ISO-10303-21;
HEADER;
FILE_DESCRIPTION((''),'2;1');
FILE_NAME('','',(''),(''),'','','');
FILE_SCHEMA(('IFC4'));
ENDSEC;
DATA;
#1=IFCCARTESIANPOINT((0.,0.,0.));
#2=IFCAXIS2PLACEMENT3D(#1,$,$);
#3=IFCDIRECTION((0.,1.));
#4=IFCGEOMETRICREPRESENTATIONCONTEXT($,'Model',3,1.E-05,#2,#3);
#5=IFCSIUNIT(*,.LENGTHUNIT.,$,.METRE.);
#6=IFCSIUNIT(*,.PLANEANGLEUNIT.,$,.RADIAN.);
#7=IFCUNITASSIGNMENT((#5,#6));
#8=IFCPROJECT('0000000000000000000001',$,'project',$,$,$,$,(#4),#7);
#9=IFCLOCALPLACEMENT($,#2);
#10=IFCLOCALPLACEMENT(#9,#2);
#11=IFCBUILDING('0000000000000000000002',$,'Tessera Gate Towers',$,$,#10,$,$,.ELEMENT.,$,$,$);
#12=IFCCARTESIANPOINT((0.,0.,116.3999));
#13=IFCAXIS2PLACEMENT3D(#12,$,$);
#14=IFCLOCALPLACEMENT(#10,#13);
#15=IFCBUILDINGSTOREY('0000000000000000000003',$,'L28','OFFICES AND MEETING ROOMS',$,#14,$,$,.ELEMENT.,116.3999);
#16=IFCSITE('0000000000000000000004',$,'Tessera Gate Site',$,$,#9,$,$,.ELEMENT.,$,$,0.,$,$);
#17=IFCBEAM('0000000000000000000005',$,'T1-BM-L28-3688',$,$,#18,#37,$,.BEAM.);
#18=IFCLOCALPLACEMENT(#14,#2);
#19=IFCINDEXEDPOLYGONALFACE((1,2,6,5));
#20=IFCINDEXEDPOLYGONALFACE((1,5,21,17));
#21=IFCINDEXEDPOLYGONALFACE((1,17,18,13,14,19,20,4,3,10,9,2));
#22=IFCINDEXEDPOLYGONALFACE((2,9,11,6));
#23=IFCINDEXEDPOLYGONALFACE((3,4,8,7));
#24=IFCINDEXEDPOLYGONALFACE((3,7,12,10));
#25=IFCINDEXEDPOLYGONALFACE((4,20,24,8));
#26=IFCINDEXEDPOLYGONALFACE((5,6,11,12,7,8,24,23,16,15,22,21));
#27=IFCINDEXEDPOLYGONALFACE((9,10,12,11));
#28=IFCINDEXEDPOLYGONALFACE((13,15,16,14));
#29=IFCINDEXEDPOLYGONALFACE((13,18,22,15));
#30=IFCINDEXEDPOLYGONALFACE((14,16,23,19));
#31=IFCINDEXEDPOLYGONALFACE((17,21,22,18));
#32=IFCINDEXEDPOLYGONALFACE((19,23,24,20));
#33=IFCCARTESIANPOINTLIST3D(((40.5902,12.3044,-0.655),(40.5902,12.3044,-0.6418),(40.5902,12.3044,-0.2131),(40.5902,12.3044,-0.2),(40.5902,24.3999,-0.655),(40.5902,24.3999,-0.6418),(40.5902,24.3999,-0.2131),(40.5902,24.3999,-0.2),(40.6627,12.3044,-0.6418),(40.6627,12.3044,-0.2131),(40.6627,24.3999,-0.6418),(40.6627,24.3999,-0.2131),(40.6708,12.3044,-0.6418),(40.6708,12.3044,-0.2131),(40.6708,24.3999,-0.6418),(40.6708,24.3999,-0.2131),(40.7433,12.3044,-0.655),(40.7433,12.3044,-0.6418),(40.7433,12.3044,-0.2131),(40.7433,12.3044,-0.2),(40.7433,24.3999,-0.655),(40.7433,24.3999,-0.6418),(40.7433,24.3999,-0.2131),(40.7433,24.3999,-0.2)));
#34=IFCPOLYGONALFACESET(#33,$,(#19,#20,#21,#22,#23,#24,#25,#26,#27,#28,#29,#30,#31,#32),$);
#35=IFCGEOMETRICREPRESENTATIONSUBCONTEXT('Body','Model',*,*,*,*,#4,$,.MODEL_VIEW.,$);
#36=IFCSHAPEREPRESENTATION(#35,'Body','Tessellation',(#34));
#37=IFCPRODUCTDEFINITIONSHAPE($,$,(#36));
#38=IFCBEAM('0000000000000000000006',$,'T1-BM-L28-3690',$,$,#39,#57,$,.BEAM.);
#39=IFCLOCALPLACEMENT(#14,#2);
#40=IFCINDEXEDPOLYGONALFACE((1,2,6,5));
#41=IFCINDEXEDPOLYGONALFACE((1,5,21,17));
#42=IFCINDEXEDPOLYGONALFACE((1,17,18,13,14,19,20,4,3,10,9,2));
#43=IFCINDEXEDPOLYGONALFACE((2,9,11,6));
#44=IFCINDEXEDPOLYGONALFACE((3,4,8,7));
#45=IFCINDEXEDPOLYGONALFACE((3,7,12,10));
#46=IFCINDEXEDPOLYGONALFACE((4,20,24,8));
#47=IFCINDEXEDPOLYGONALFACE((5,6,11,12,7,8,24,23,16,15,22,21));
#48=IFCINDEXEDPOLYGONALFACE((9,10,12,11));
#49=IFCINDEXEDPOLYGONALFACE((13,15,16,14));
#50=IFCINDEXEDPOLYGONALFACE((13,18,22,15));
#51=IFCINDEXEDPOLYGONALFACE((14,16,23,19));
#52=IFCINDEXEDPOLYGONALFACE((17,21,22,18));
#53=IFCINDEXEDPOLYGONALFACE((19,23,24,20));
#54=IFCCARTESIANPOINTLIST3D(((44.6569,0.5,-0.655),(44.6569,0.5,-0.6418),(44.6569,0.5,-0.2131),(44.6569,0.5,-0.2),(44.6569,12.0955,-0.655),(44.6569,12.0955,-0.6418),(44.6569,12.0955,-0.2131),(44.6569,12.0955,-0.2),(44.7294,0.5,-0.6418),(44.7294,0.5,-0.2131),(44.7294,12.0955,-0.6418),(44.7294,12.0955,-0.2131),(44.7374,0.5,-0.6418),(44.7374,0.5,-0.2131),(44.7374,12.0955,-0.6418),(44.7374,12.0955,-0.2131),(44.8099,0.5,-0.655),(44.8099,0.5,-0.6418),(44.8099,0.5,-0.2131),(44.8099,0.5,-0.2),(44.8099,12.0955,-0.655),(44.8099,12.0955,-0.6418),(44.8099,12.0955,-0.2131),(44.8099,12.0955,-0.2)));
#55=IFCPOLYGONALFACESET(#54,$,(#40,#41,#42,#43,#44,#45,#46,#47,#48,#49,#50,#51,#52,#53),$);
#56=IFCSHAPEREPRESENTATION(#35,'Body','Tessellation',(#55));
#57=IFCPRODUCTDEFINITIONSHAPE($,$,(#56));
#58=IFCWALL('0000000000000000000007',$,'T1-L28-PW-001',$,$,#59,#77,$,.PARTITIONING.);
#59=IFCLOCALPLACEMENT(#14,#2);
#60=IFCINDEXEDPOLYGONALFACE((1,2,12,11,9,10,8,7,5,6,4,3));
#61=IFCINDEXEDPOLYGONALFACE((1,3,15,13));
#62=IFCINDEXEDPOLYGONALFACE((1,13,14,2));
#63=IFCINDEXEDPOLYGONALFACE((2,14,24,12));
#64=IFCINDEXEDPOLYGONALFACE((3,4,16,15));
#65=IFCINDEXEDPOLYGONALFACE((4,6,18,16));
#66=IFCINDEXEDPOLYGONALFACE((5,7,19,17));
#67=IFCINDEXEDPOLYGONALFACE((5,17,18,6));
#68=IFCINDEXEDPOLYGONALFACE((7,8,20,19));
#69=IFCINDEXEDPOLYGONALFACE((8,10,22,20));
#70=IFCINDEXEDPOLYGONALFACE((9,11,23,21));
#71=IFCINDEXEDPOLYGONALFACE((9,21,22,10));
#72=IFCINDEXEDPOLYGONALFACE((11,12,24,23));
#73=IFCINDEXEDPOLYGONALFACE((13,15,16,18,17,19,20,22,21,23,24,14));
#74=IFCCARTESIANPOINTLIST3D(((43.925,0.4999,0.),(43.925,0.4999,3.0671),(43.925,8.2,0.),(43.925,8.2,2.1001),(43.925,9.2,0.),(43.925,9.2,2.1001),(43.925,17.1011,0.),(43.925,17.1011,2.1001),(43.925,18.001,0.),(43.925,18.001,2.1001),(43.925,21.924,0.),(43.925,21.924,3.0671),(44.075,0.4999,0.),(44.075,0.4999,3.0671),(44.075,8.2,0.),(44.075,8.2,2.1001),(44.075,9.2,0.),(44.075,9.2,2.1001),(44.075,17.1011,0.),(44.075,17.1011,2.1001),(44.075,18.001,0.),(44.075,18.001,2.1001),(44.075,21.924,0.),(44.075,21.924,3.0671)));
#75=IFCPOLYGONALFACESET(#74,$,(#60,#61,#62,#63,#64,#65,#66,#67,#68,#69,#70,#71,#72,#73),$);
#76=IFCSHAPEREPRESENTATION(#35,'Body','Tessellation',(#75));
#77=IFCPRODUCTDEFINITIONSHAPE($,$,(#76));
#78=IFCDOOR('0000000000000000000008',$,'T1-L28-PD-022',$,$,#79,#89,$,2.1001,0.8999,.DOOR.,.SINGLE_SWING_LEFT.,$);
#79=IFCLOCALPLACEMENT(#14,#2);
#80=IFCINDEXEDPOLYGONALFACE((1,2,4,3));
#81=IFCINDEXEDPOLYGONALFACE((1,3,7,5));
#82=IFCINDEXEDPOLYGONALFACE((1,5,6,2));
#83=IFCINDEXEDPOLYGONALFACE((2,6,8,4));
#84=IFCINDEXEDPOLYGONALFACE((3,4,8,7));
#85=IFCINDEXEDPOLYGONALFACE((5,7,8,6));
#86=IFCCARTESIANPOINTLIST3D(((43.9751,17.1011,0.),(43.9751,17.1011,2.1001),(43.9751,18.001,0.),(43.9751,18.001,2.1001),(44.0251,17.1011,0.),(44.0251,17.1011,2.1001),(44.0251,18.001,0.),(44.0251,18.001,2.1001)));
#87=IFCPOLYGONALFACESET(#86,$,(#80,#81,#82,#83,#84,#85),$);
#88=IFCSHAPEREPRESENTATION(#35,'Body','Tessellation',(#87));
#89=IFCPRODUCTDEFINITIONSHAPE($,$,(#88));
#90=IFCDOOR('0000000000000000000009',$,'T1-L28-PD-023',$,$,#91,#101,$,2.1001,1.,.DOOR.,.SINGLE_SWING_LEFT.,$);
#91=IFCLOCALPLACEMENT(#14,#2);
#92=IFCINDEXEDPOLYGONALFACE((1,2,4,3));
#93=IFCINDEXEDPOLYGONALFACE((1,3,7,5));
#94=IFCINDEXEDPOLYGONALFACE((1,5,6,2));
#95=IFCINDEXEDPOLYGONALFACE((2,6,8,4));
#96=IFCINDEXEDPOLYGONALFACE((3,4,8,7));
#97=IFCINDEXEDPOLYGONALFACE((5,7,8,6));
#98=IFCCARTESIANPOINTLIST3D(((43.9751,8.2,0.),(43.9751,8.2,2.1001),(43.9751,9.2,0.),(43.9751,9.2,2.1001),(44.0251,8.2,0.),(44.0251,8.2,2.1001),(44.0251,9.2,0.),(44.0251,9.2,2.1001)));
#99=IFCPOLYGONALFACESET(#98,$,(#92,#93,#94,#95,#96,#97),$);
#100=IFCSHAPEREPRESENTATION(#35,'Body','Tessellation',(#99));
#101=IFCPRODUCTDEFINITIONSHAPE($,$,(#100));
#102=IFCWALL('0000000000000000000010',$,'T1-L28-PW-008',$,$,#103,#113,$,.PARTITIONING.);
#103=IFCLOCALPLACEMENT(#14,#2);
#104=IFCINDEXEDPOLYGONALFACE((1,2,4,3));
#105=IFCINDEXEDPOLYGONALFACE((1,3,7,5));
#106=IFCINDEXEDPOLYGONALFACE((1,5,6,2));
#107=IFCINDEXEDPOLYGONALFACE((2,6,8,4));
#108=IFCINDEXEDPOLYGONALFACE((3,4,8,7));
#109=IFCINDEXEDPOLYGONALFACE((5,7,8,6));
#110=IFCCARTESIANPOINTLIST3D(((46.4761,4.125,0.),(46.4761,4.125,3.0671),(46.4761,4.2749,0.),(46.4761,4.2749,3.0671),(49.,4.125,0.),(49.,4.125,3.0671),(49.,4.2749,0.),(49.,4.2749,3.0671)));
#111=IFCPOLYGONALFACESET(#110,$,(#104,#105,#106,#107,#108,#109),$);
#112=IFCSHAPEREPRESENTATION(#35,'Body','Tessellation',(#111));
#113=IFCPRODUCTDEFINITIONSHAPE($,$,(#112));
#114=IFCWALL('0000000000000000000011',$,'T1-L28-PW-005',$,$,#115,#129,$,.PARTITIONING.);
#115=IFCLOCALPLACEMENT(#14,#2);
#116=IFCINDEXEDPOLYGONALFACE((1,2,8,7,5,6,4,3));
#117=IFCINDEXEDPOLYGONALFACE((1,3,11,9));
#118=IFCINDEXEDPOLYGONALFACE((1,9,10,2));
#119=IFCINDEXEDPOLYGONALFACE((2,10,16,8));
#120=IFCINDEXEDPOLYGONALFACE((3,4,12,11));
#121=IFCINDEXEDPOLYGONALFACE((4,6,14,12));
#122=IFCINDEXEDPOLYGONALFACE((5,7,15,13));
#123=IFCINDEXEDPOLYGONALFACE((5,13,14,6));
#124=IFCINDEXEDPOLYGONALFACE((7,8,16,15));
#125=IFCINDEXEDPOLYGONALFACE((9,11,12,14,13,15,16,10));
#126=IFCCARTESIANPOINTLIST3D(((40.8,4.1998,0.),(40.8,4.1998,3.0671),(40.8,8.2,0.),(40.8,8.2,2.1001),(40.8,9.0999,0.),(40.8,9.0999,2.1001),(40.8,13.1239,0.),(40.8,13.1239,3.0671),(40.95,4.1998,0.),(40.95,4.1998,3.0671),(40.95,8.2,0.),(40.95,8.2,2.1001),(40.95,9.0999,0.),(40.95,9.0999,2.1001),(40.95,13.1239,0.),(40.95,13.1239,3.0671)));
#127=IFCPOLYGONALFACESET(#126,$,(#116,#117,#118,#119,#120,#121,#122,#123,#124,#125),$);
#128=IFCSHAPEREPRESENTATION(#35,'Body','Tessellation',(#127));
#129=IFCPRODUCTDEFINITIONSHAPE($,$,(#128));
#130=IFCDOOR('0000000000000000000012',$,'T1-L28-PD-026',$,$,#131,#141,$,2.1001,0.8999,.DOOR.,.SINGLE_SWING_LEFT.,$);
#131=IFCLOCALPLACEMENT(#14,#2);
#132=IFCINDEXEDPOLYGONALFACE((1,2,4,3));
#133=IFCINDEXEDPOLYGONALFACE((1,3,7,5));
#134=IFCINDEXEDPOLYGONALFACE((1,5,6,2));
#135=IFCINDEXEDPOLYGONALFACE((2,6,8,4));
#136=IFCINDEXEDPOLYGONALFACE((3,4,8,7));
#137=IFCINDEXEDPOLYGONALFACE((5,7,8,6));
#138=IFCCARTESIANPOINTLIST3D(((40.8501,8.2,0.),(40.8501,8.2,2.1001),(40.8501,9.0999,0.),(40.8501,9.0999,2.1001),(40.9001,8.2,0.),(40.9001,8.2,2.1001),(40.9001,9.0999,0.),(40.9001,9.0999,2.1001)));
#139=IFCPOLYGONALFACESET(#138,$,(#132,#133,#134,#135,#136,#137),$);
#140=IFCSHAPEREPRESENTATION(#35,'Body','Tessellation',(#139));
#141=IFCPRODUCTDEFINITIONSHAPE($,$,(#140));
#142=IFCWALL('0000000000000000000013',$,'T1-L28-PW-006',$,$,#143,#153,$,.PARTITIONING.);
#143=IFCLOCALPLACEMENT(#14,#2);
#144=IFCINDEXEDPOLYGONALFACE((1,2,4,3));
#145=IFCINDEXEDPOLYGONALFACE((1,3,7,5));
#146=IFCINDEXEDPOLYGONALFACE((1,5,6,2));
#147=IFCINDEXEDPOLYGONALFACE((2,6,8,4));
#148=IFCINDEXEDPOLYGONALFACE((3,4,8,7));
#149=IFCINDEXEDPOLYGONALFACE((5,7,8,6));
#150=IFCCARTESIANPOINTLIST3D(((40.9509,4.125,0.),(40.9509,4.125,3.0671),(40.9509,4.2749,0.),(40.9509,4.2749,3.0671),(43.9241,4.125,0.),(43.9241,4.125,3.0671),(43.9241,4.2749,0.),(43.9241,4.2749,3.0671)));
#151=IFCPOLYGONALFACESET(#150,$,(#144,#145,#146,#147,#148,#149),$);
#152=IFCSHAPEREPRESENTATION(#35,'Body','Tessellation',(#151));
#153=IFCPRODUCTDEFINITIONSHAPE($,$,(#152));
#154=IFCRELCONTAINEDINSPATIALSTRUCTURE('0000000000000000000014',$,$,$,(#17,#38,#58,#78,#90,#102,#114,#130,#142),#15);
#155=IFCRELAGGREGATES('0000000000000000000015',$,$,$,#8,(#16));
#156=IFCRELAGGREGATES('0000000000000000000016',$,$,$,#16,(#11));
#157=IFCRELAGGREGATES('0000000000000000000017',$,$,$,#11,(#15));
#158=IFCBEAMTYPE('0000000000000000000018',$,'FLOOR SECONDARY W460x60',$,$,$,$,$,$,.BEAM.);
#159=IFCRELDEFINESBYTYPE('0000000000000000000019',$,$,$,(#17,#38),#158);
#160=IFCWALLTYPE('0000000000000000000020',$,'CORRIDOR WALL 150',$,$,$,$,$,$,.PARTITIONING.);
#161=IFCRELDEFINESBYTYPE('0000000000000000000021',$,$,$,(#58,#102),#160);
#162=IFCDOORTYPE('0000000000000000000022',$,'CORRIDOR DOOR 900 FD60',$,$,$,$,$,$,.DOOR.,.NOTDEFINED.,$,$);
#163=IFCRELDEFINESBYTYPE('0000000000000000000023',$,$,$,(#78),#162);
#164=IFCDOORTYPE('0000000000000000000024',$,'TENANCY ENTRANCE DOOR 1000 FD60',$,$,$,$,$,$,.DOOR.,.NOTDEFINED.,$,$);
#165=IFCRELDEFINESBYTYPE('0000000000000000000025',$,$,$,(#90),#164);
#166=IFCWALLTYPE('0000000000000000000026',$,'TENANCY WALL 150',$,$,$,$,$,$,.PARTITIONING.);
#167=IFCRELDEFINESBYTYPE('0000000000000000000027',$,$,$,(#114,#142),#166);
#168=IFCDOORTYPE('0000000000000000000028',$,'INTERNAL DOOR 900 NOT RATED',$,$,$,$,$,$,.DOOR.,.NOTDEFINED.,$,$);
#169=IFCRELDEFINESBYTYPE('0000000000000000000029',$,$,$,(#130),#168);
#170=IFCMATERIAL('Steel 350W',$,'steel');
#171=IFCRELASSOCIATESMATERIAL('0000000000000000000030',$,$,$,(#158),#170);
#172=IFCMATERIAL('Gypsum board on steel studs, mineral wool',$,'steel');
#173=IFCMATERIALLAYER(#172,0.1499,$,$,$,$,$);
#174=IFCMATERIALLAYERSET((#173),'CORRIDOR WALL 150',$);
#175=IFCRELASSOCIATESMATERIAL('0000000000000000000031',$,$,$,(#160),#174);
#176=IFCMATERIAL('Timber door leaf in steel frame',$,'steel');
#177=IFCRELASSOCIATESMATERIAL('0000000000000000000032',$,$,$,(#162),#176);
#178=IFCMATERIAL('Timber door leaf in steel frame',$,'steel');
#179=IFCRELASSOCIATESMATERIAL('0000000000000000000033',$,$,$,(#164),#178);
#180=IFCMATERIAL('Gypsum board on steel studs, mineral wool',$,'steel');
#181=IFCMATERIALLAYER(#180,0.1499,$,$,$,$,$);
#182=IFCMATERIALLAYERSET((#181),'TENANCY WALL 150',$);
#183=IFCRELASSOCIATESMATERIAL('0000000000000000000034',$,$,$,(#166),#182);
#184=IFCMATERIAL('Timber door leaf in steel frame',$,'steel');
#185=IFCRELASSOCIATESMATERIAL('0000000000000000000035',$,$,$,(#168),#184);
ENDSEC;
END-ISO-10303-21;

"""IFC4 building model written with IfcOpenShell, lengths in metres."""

from ifc_helpers import new_model, si_unit, direction, frame, frame_2d, origin, origin_2d, place, context, subcontext, project, spatial, rectangle, i_section, extrude, source, transform, mapped, material, layer, layer_set, material_profile, profile_set, type_object, element, fill, save


model = new_model("IFC4")

# Units and contexts
model_context = context("Model", 3, precision=1e-05, world=origin(), true_north=direction((0.0, 1.0)))
body_context = subcontext(model_context, "Body", "Model", "MODEL_VIEW")
ifc_project = project(units=[si_unit("LENGTHUNIT", "METRE"), si_unit("PLANEANGLEUNIT", "RADIAN")], contexts=[model_context])

# Site, building, storey
site_placement = place(None, origin())
site = spatial("IfcSite", under=ifc_project, at=site_placement, Name="Tessera Gate Site", CompositionType="ELEMENT", RefElevation=0.0)
building_placement = place(site_placement, origin())
building = spatial("IfcBuilding", under=site, at=building_placement, Name="Tessera Gate Towers", CompositionType="ELEMENT")
storey_placement = place(building_placement, frame((0.0, 0.0, 116.3999)))
storey = spatial("IfcBuildingStorey", under=building, at=storey_placement, Name="L28", Description="OFFICES AND MEETING ROOMS", CompositionType="ELEMENT", Elevation=116.3999)

# Beams
ifc_material_1 = material(Name="Steel 350W", Category="steel")
ifc_material_profile_1 = material_profile(ifc_material_1, i_section(OverallWidth=0.1531, OverallDepth=0.4551, WebThickness=0.0081, FlangeThickness=0.0132, at=origin_2d()), Name="W460x60")
ifc_profile_set_1 = profile_set([ifc_material_profile_1], Name="Steel 350W")
beam_type_1 = type_object("IfcBeamType", Name="FLOOR SECONDARY W460x60", PredefinedType="BEAM", material=ifc_profile_set_1)
beam_1_placement = place(storey_placement, frame((40.6667, 12.3044, -0.4275), z_axis=(0.0, 1.0, 0.0), x_axis=(-1.0, 0.0, 0.0)))
element("IfcBeam", 1, at=beam_1_placement, inside=storey, type_object=beam_type_1, Name="T1-BM-L28-3688", PredefinedType="BEAM", context=body_context, shape_type="SweptSolid", body=[
    extrude(i_section(OverallWidth=0.1531, OverallDepth=0.4551, WebThickness=0.0081, FlangeThickness=0.0132, at=origin_2d()), origin(), (0.0, 0.0, 1.0), 12.0955),
])
beam_2_placement = place(storey_placement, frame((44.7334, 0.5, -0.4275), z_axis=(0.0, 1.0, 0.0), x_axis=(-1.0, 0.0, 0.0)))
element("IfcBeam", 2, at=beam_2_placement, inside=storey, type_object=beam_type_1, Name="T1-BM-L28-3690", PredefinedType="BEAM", context=body_context, shape_type="SweptSolid", body=[
    extrude(i_section(OverallWidth=0.1531, OverallDepth=0.4551, WebThickness=0.0081, FlangeThickness=0.0132, at=origin_2d()), origin(), (0.0, 0.0, 1.0), 11.5955),
])

# Wall, openings, doors
ifc_material_2 = material(Name="Gypsum board on steel studs, mineral wool", Category="steel")
ifc_layer_1 = layer(ifc_material_2, 0.1499)
ifc_layer_set_1 = layer_set([ifc_layer_1], Name="CORRIDOR WALL 150")
wall_type_1 = type_object("IfcWallType", Name="CORRIDOR WALL 150", PredefinedType="PARTITIONING", material=ifc_layer_set_1)
wall_1_placement = place(storey_placement, frame((44.0, 0.5, 0.0), z_axis=(0.0, 0.0, 1.0), x_axis=(0.0, 1.0, 0.0)))
wall_1 = element("IfcWall", 3, at=wall_1_placement, inside=storey, type_object=wall_type_1, Name="T1-L28-PW-001", PredefinedType="PARTITIONING", context=body_context, shape_type="SweptSolid", body=[
    extrude(rectangle(XDim=21.4241, YDim=0.1499, at=frame_2d((10.7119, 0.0))), origin(), (0.0, 0.0, 1.0), 3.0671),
])
shared_shape_1 = source(origin(), body_context, "Body", "SweptSolid", [
    extrude(rectangle(XDim=0.8999, YDim=2.1001, at=frame_2d((0.45, 1.05))), frame((0.0, 0.085, 0.0), z_axis=(0.0, -1.0, 0.0), x_axis=(1.0, 0.0, 0.0)), (0.0, 0.0, 1.0), 0.1699),
])
opening_1_placement = place(wall_1_placement, frame((16.6011, 0.0, 0.0)))
opening_1 = element("IfcOpeningElement", 4, at=opening_1_placement, cuts=wall_1, PredefinedType="OPENING", context=body_context, shape_type="MappedRepresentation", body=[
    mapped(shared_shape_1, transform((0.0, 0.0, 0.0), scale=1.0)),
])
shared_shape_2 = source(origin(), body_context, "Body", "SweptSolid", [
    extrude(rectangle(XDim=1.0, YDim=2.1001, at=frame_2d((0.5, 1.05))), frame((0.0, 0.085, 0.0), z_axis=(0.0, -1.0, 0.0), x_axis=(1.0, 0.0, 0.0)), (0.0, 0.0, 1.0), 0.1699),
])
opening_2_placement = place(wall_1_placement, frame((7.7, 0.0, 0.0)))
opening_2 = element("IfcOpeningElement", 5, at=opening_2_placement, cuts=wall_1, PredefinedType="OPENING", context=body_context, shape_type="MappedRepresentation", body=[
    mapped(shared_shape_2, transform((0.0, 0.0, 0.0), scale=1.0)),
])
ifc_material_3 = material(Name="Timber door leaf in steel frame", Category="steel")
door_type_1 = type_object("IfcDoorType", Name="CORRIDOR DOOR 900 FD60", OperationType="NOTDEFINED", PredefinedType="DOOR", material=ifc_material_3)
shared_shape_3 = source(origin(), body_context, "Body", "SweptSolid", [
    extrude(rectangle(XDim=0.8999, YDim=2.1001, at=frame_2d((0.45, 1.05))), frame((0.0, 0.0249, 0.0), z_axis=(0.0, -1.0, 0.0), x_axis=(1.0, 0.0, 0.0)), (0.0, 0.0, 1.0), 0.05),
])
door_1_placement = place(opening_1_placement, origin())
door_1 = element("IfcDoor", 6, at=door_1_placement, inside=storey, type_object=door_type_1, Name="T1-L28-PD-022", OperationType="SINGLE_SWING_LEFT", OverallHeight=2.1001, OverallWidth=0.8999, PredefinedType="DOOR", context=body_context, shape_type="MappedRepresentation", body=[
    mapped(shared_shape_3, transform((0.0, 0.0, 0.0), scale=1.0)),
])
fill(opening_1, door_1)
ifc_material_4 = material(Name="Timber door leaf in steel frame", Category="steel")
door_type_2 = type_object("IfcDoorType", Name="TENANCY ENTRANCE DOOR 1000 FD60", OperationType="NOTDEFINED", PredefinedType="DOOR", material=ifc_material_4)
shared_shape_4 = source(origin(), body_context, "Body", "SweptSolid", [
    extrude(rectangle(XDim=1.0, YDim=2.1001, at=frame_2d((0.5, 1.05))), frame((0.0, 0.0249, 0.0), z_axis=(0.0, -1.0, 0.0), x_axis=(1.0, 0.0, 0.0)), (0.0, 0.0, 1.0), 0.05),
])
door_2_placement = place(opening_2_placement, origin())
door_2 = element("IfcDoor", 7, at=door_2_placement, inside=storey, type_object=door_type_2, Name="T1-L28-PD-023", OperationType="SINGLE_SWING_LEFT", OverallHeight=2.1001, OverallWidth=1.0, PredefinedType="DOOR", context=body_context, shape_type="MappedRepresentation", body=[
    mapped(shared_shape_4, transform((0.0, 0.0, 0.0), scale=1.0)),
])
fill(opening_2, door_2)

# Wall
wall_2_placement = place(storey_placement, frame((46.4761, 4.2, 0.0), z_axis=(0.0, 0.0, 1.0), x_axis=(1.0, 0.0, 0.0)))
element("IfcWall", 8, at=wall_2_placement, inside=storey, type_object=wall_type_1, Name="T1-L28-PW-008", PredefinedType="PARTITIONING", context=body_context, shape_type="SweptSolid", body=[
    extrude(rectangle(XDim=2.5239, YDim=0.1499, at=frame_2d((1.262, 0.0))), origin(), (0.0, 0.0, 1.0), 3.0671),
])

# Wall, opening, door
ifc_material_5 = material(Name="Gypsum board on steel studs, mineral wool", Category="steel")
ifc_layer_2 = layer(ifc_material_5, 0.1499)
ifc_layer_set_2 = layer_set([ifc_layer_2], Name="TENANCY WALL 150")
wall_type_2 = type_object("IfcWallType", Name="TENANCY WALL 150", PredefinedType="PARTITIONING", material=ifc_layer_set_2)
wall_3_placement = place(storey_placement, frame((40.875, 4.2, 0.0), z_axis=(0.0, 0.0, 1.0), x_axis=(0.0, 1.0, 0.0)))
wall_3 = element("IfcWall", 9, at=wall_3_placement, inside=storey, type_object=wall_type_2, Name="T1-L28-PW-005", PredefinedType="PARTITIONING", context=body_context, shape_type="SweptSolid", body=[
    extrude(rectangle(XDim=8.9241, YDim=0.1499, at=frame_2d((4.4619, 0.0))), origin(), (0.0, 0.0, 1.0), 3.0671),
])
opening_3_placement = place(wall_3_placement, frame((4.0, 0.0, 0.0)))
opening_3 = element("IfcOpeningElement", 10, at=opening_3_placement, cuts=wall_3, PredefinedType="OPENING", context=body_context, shape_type="MappedRepresentation", body=[
    mapped(shared_shape_1, transform((0.0, 0.0, 0.0), scale=1.0)),
])
ifc_material_6 = material(Name="Timber door leaf in steel frame", Category="steel")
door_type_3 = type_object("IfcDoorType", Name="INTERNAL DOOR 900 NOT RATED", OperationType="NOTDEFINED", PredefinedType="DOOR", material=ifc_material_6)
door_3_placement = place(opening_3_placement, origin())
door_3 = element("IfcDoor", 11, at=door_3_placement, inside=storey, type_object=door_type_3, Name="T1-L28-PD-026", OperationType="SINGLE_SWING_LEFT", OverallHeight=2.1001, OverallWidth=0.8999, PredefinedType="DOOR", context=body_context, shape_type="MappedRepresentation", body=[
    mapped(shared_shape_3, transform((0.0, 0.0, 0.0), scale=1.0)),
])
fill(opening_3, door_3)

# Wall
wall_4_placement = place(storey_placement, frame((40.9509, 4.2, 0.0), z_axis=(0.0, 0.0, 1.0), x_axis=(1.0, 0.0, 0.0)))
element("IfcWall", 12, at=wall_4_placement, inside=storey, type_object=wall_type_2, Name="T1-L28-PW-006", PredefinedType="PARTITIONING", context=body_context, shape_type="SweptSolid", body=[
    extrude(rectangle(XDim=2.9731, YDim=0.1499, at=frame_2d((1.4866, 0.0))), origin(), (0.0, 0.0, 1.0), 3.0671),
])

save(model, "model.ifc")
